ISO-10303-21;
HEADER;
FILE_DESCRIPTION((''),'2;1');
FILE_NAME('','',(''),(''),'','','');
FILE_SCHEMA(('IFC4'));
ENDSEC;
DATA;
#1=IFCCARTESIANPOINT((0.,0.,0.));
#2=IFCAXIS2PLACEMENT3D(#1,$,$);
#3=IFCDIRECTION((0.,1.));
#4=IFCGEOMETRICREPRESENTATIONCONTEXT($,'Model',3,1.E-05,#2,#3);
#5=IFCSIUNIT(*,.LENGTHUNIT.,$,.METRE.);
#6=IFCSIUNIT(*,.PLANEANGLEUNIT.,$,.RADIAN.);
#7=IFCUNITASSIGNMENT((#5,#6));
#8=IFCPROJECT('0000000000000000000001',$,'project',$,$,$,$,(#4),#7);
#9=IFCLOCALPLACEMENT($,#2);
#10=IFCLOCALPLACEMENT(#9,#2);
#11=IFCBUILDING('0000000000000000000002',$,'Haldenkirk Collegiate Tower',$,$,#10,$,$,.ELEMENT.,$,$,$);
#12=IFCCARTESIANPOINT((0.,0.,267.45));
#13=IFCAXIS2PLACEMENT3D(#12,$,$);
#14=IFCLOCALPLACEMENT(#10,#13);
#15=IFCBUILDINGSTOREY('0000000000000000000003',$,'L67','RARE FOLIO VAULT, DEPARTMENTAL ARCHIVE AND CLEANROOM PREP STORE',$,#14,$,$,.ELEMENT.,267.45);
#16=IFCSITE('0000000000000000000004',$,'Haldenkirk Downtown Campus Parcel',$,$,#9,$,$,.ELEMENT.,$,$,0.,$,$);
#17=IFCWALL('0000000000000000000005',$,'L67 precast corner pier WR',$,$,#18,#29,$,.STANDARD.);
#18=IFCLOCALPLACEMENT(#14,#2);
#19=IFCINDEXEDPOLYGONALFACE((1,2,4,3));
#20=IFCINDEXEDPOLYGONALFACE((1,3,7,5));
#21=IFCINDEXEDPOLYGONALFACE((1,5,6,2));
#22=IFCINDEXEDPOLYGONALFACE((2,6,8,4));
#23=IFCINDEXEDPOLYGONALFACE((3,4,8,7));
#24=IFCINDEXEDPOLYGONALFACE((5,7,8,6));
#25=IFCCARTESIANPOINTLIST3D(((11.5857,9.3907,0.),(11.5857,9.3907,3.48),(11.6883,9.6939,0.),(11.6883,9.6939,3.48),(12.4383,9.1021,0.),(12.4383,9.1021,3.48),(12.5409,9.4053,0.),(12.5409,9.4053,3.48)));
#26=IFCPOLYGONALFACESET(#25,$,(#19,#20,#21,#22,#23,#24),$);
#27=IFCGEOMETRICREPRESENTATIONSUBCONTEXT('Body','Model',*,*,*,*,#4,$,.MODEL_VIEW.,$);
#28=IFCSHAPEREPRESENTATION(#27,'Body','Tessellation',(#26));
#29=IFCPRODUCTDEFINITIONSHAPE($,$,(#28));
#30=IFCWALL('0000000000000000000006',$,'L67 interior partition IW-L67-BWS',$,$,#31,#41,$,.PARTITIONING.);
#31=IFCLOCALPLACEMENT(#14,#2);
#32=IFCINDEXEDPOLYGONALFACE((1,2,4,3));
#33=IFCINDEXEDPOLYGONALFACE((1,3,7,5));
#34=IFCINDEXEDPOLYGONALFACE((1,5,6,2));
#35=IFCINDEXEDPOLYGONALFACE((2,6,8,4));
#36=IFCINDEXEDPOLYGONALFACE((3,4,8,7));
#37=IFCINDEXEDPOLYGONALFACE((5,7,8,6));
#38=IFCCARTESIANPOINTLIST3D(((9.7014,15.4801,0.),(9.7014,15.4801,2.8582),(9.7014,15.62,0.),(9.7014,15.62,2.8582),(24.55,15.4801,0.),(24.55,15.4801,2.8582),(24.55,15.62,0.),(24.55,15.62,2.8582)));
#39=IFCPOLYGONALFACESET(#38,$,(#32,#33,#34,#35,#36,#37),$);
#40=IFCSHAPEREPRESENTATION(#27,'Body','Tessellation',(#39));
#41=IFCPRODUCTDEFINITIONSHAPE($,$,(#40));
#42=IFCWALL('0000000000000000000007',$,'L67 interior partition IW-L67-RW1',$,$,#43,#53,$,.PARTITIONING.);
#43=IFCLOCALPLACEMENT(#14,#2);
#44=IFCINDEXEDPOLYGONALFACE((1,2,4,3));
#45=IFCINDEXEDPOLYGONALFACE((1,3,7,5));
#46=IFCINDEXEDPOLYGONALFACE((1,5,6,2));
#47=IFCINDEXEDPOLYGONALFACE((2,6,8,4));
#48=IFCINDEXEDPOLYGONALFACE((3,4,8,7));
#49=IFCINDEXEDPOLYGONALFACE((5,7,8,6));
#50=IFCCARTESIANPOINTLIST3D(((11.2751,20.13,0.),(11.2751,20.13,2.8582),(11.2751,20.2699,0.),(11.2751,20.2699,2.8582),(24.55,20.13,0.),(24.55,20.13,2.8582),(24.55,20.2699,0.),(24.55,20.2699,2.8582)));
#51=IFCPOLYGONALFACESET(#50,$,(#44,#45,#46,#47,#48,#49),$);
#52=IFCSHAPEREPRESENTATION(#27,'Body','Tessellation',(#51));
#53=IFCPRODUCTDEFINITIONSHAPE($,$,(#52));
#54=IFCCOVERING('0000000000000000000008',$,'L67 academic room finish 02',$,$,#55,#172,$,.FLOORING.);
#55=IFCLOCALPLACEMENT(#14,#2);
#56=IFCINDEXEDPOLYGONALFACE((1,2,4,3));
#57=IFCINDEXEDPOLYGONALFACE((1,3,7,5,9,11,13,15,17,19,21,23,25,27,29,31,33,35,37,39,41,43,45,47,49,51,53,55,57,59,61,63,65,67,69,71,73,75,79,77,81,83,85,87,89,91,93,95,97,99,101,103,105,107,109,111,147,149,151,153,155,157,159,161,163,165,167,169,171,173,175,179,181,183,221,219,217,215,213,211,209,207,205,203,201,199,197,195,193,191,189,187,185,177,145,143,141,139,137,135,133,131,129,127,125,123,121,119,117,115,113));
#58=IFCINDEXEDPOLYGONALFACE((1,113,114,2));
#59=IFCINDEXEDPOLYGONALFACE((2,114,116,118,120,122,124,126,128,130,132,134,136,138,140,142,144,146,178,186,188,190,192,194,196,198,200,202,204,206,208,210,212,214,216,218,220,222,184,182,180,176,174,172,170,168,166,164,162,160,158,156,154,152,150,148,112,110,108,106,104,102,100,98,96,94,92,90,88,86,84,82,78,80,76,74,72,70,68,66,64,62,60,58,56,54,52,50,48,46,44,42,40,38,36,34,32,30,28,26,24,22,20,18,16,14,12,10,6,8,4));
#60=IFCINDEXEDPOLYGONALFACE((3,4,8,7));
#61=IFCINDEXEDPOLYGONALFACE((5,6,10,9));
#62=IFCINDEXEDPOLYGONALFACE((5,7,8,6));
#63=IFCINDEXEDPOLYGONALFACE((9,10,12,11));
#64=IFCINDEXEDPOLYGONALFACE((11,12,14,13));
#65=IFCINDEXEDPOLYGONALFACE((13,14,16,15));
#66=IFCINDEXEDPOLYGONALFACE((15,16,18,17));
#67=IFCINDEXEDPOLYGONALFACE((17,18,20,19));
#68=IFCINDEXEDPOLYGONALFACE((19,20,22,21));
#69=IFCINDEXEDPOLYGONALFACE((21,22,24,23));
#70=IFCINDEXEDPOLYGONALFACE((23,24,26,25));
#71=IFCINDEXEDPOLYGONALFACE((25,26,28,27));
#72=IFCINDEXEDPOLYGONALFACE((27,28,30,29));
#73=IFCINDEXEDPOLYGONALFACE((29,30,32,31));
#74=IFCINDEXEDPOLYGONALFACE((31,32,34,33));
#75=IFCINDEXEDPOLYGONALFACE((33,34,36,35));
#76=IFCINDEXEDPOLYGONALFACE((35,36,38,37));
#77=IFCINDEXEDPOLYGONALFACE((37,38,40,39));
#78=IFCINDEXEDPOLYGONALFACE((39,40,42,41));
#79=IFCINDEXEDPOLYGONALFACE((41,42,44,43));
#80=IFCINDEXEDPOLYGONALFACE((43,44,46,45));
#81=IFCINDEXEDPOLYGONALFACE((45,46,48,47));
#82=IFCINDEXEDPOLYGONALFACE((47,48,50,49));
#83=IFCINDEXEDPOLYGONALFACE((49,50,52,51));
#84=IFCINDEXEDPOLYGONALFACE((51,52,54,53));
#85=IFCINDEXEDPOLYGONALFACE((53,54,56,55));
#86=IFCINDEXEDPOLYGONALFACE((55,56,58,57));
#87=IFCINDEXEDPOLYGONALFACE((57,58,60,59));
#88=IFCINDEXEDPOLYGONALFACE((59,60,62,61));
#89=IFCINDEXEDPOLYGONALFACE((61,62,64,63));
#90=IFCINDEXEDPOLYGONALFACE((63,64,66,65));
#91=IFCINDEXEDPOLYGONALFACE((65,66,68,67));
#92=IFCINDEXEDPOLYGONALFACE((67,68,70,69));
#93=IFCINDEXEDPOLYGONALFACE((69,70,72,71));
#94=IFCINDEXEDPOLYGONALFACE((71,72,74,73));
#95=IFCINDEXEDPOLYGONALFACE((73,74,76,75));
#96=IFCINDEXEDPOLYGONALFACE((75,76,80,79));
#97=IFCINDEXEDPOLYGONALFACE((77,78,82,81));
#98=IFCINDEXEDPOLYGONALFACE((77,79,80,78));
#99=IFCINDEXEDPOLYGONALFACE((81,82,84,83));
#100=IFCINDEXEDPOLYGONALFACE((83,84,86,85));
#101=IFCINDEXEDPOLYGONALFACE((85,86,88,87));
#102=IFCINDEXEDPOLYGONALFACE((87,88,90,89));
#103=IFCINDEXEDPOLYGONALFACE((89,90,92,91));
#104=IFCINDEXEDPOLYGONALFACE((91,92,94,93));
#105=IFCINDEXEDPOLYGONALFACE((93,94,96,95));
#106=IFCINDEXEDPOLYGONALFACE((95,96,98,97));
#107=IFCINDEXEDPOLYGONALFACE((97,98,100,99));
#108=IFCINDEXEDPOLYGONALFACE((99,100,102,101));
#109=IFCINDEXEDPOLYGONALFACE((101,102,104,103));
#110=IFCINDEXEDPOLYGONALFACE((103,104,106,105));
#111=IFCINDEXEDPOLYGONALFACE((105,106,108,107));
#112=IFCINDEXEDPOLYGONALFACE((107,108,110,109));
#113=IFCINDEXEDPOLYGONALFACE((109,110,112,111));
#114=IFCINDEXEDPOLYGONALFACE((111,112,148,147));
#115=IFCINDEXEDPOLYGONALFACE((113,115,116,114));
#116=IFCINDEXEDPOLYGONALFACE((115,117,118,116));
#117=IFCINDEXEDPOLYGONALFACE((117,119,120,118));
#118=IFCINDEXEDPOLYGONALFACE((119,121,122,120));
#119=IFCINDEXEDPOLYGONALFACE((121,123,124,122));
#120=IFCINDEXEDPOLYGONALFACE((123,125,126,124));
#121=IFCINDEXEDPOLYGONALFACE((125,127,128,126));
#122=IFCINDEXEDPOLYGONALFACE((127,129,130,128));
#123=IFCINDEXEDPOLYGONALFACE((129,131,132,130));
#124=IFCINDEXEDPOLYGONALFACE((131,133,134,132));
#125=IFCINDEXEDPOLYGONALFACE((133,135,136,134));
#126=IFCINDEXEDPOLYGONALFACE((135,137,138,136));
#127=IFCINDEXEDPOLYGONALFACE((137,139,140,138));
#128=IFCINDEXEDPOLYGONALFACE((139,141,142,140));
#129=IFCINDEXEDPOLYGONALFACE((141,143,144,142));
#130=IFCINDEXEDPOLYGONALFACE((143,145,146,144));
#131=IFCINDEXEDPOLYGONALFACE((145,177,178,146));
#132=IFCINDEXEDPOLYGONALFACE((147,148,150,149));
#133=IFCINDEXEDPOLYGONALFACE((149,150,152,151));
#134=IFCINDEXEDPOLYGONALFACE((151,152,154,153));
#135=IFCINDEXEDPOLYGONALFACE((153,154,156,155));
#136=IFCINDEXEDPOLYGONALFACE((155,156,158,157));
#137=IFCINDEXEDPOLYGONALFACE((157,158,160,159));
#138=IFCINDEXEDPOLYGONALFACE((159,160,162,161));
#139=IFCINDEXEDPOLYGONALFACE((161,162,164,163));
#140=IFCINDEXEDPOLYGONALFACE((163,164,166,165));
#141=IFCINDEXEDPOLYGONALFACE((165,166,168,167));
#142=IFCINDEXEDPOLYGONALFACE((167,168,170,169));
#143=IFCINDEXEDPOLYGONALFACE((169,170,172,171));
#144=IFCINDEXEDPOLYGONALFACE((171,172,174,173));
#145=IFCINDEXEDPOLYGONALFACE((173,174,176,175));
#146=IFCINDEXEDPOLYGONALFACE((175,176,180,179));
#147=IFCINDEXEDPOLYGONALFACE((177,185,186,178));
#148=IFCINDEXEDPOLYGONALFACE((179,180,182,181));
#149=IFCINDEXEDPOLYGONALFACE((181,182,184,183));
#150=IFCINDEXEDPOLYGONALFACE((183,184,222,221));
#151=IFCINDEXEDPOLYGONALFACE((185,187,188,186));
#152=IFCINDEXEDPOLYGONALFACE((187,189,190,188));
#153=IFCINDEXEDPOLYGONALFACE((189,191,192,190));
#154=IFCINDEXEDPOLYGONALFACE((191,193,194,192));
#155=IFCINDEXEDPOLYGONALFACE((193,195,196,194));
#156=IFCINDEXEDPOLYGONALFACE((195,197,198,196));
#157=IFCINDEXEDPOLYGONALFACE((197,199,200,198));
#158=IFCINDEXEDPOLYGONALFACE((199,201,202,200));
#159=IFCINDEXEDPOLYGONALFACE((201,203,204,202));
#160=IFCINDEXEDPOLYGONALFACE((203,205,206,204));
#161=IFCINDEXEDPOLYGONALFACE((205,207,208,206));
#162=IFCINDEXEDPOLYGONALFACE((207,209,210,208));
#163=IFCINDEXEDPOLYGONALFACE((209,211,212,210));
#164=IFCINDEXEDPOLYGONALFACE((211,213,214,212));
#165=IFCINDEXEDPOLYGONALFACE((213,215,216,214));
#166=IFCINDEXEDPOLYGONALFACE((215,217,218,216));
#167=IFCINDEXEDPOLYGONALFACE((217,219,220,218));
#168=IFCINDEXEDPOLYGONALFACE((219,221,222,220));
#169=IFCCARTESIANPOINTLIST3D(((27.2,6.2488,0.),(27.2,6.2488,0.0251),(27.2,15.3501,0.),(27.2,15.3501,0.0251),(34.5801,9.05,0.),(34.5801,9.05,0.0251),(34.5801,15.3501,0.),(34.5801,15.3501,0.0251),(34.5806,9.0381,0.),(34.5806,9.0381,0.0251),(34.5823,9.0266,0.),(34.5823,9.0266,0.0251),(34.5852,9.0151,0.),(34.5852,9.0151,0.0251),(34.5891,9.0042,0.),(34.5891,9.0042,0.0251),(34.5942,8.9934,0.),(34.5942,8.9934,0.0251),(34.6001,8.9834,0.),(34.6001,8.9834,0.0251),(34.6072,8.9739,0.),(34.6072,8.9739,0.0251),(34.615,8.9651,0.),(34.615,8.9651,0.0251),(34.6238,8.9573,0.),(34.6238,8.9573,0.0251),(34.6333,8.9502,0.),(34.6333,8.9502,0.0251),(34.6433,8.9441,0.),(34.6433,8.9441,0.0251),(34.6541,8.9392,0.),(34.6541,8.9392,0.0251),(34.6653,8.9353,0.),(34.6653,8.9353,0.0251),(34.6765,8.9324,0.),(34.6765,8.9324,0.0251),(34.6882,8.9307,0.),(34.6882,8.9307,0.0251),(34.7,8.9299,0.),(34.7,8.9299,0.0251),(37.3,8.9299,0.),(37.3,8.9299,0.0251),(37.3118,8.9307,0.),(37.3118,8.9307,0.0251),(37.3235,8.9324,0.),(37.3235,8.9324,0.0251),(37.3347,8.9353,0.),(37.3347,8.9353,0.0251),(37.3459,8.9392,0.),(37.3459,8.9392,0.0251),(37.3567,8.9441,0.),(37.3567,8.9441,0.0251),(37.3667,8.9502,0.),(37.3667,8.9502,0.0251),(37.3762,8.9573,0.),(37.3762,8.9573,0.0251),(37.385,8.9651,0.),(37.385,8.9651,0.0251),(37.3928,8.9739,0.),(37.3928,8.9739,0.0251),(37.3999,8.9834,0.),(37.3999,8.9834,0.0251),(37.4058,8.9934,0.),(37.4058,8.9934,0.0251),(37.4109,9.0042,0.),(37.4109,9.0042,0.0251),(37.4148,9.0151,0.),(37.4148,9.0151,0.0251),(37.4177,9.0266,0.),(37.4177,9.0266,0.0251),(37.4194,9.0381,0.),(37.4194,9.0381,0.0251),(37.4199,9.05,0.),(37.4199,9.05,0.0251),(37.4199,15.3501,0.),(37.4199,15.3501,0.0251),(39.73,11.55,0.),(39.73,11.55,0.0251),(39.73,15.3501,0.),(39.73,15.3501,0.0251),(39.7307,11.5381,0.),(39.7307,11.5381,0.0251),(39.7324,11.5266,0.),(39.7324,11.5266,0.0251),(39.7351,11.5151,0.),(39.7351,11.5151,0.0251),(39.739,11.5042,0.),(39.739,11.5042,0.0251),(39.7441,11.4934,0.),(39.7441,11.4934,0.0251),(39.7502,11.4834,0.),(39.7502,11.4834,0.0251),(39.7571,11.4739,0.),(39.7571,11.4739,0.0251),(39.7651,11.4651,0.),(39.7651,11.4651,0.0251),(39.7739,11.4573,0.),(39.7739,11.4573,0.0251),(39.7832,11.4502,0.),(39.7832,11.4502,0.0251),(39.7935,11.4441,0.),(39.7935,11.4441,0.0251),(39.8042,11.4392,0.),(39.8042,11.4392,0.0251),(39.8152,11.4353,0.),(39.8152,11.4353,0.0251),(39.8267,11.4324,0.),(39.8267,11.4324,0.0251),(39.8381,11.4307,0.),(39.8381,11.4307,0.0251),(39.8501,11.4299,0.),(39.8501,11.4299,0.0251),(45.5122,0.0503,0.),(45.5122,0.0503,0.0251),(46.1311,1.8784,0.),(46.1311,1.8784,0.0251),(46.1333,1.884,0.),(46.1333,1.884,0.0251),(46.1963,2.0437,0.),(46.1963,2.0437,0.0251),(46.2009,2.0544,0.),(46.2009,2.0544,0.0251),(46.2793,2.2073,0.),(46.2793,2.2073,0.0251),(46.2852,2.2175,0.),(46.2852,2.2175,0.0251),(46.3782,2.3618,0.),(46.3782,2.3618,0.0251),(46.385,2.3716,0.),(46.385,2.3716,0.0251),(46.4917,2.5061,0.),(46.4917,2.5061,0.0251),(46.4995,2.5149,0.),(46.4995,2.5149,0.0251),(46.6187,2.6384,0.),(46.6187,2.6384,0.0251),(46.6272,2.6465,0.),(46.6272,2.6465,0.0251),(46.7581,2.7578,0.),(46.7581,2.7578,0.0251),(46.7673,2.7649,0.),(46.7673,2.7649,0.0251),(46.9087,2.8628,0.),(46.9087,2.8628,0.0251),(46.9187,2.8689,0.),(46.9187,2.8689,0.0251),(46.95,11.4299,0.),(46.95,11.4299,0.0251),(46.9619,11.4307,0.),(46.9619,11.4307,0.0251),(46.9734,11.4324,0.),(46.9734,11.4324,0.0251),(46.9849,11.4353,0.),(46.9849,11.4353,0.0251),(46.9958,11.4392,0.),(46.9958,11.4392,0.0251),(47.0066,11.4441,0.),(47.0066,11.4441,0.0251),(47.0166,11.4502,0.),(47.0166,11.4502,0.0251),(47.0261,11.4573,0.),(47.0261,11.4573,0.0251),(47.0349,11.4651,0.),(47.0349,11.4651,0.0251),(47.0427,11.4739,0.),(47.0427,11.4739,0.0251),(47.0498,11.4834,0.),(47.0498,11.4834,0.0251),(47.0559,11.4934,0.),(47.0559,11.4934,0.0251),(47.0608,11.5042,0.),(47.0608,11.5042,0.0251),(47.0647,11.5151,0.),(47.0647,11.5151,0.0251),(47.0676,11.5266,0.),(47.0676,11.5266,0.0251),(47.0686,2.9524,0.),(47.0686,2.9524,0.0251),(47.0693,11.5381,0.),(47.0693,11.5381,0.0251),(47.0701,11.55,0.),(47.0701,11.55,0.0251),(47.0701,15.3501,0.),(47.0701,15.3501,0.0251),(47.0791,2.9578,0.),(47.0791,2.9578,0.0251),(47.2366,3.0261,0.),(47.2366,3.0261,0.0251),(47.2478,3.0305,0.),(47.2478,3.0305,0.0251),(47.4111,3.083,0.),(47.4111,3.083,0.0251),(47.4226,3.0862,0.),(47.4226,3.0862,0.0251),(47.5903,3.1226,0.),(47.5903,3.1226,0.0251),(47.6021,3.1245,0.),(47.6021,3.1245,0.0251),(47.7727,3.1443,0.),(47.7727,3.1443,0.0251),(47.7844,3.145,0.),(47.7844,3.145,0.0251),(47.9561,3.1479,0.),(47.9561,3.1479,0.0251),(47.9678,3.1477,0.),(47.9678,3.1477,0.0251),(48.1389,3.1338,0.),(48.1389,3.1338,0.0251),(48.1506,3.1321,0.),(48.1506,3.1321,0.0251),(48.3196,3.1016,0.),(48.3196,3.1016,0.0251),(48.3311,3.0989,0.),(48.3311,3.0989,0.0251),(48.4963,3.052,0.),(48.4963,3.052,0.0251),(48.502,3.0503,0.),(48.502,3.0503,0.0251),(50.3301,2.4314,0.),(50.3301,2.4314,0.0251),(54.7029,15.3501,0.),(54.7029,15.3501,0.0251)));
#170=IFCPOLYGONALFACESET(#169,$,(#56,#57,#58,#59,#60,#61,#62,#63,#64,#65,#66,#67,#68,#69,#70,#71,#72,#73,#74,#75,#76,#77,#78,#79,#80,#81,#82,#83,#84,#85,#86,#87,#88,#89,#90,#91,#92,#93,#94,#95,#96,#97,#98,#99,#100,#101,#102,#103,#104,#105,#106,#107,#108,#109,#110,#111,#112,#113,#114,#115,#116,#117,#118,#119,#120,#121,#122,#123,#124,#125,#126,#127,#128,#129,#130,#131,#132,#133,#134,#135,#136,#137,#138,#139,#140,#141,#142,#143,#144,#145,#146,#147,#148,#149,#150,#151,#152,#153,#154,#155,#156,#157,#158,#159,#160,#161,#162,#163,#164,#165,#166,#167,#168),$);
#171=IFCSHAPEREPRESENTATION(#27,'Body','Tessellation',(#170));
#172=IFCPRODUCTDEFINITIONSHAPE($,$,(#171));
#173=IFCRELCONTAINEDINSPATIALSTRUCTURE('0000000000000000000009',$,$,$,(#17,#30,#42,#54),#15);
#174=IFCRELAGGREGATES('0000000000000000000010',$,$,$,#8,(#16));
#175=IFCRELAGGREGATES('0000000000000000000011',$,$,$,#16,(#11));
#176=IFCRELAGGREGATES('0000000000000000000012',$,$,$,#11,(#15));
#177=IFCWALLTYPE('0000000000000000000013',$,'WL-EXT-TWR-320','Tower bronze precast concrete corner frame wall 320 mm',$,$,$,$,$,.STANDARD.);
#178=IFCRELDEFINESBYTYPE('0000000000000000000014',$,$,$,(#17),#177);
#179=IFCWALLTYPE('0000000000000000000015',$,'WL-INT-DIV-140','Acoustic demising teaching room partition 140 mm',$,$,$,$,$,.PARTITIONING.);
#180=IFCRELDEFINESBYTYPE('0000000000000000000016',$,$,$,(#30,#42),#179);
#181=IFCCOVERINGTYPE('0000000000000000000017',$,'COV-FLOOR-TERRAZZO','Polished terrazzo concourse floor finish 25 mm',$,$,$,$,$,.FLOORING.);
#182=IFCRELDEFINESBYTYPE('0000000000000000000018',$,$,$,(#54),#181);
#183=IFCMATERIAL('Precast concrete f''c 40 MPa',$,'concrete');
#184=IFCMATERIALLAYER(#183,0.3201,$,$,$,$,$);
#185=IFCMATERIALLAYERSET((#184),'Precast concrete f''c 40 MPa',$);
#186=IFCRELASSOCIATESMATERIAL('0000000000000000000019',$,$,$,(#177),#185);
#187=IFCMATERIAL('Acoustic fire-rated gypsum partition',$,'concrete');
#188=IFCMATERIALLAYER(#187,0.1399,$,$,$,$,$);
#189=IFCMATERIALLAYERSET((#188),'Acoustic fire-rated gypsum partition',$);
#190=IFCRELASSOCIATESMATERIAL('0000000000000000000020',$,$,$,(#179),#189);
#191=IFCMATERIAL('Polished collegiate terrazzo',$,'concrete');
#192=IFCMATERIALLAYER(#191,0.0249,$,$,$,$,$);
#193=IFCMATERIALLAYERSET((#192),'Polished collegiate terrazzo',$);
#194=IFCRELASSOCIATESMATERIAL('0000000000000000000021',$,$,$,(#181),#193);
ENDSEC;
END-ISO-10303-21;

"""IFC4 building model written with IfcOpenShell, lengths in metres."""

from ifc_helpers import new_model, si_unit, direction, frame, frame_2d, origin, place, context, subcontext, project, spatial, polyline, rectangle, outline, extrude, material, layer, layer_set, type_object, element, save


model = new_model("IFC4")

# Units and contexts
model_context = context("Model", 3, precision=1e-05, world=origin(), true_north=direction((0.0, 1.0)))
body_context = subcontext(model_context, "Body", "Model", "MODEL_VIEW")
ifc_project = project(units=[si_unit("LENGTHUNIT", "METRE"), si_unit("PLANEANGLEUNIT", "RADIAN")], contexts=[model_context])

# Site, building, storey
site_placement = place(None, origin())
site = spatial("IfcSite", under=ifc_project, at=site_placement, Name="Haldenkirk Downtown Campus Parcel", CompositionType="ELEMENT", RefElevation=0.0)
building_placement = place(site_placement, origin())
building = spatial("IfcBuilding", under=site, at=building_placement, Name="Haldenkirk Collegiate Tower", CompositionType="ELEMENT")
storey_placement = place(building_placement, frame((0.0, 0.0, 267.45)))
storey = spatial("IfcBuildingStorey", under=building, at=storey_placement, Name="L67", Description="RARE FOLIO VAULT, DEPARTMENTAL ARCHIVE AND CLEANROOM PREP STORE", CompositionType="ELEMENT", Elevation=267.45)

# Shared definitions
ifc_material_1 = material(Name="Precast concrete f'c 40 MPa", Category="concrete")
ifc_layer_1 = layer(ifc_material_1, 0.3201)
ifc_layer_set_1 = layer_set([ifc_layer_1], Name="Precast concrete f'c 40 MPa")
wall_type_1 = type_object("IfcWallType", Name="WL-EXT-TWR-320", Description="Tower bronze precast concrete corner frame wall 320 mm", PredefinedType="STANDARD", material=ifc_layer_set_1)

# Walls
wall_1_placement = place(storey_placement, frame((12.4897, 9.2537, 0.0), z_axis=(0.0, 0.0, 1.0), x_axis=(-0.947208, 0.320619, 0.0)))
element("IfcWall", 1, at=wall_1_placement, inside=storey, type_object=wall_type_1, Name="L67 precast corner pier WR", PredefinedType="STANDARD", context=body_context, shape_type="SweptSolid", body=[
    extrude(rectangle(XDim=0.9001, YDim=0.3201, at=frame_2d((0.4502, 0.0))), origin(), (0.0, 0.0, 1.0), 3.48),
])
ifc_material_2 = material(Name="Acoustic fire-rated gypsum partition", Category="concrete")
ifc_layer_2 = layer(ifc_material_2, 0.1399)
ifc_layer_set_2 = layer_set([ifc_layer_2], Name="Acoustic fire-rated gypsum partition")
wall_type_2 = type_object("IfcWallType", Name="WL-INT-DIV-140", Description="Acoustic demising teaching room partition 140 mm", PredefinedType="PARTITIONING", material=ifc_layer_set_2)
wall_2_placement = place(storey_placement, frame((9.7014, 15.55, 0.0), z_axis=(0.0, 0.0, 1.0), x_axis=(1.0, 0.0, 0.0)))
element("IfcWall", 2, at=wall_2_placement, inside=storey, type_object=wall_type_2, Name="L67 interior partition IW-L67-BWS", PredefinedType="PARTITIONING", context=body_context, shape_type="SweptSolid", body=[
    extrude(rectangle(XDim=14.8486, YDim=0.1399, at=frame_2d((7.4243, 0.0))), origin(), (0.0, 0.0, 1.0), 2.8582),
])
wall_3_placement = place(storey_placement, frame((11.2751, 20.2, 0.0), z_axis=(0.0, 0.0, 1.0), x_axis=(1.0, 0.0, 0.0)))
element("IfcWall", 3, at=wall_3_placement, inside=storey, type_object=wall_type_2, Name="L67 interior partition IW-L67-RW1", PredefinedType="PARTITIONING", context=body_context, shape_type="SweptSolid", body=[
    extrude(rectangle(XDim=13.2749, YDim=0.1399, at=frame_2d((6.6375, 0.0))), origin(), (0.0, 0.0, 1.0), 2.8582),
])

# Covering
ifc_material_3 = material(Name="Polished collegiate terrazzo", Category="concrete")
ifc_layer_3 = layer(ifc_material_3, 0.0249)
ifc_layer_set_3 = layer_set([ifc_layer_3], Name="Polished collegiate terrazzo")
covering_type_1 = type_object("IfcCoveringType", Name="COV-FLOOR-TERRAZZO", Description="Polished terrazzo concourse floor finish 25 mm", PredefinedType="FLOORING", material=ifc_layer_set_3)
covering_1_placement = place(storey_placement, origin())
element("IfcCovering", 4, at=covering_1_placement, inside=storey, type_object=covering_type_1, Name="L67 academic room finish 02", PredefinedType="FLOORING", context=body_context, shape_type="SweptSolid", body=[
    extrude(outline(polyline([(47.7844, 3.145), (47.7727, 3.1443), (47.6021, 3.1245), (47.5903, 3.1226), (47.4226, 3.0862), (47.4111, 3.083), (47.2478, 3.0305), (47.2366, 3.0261), (47.0791, 2.9578), (47.0686, 2.9524), (46.9187, 2.8689), (46.9087, 2.8628), (46.7673, 2.7649), (46.7581, 2.7578), (46.6272, 2.6465), (46.6187, 2.6384), (46.4995, 2.5149), (46.4917, 2.5061), (46.385, 2.3716), (46.3782, 2.3618), (46.2852, 2.2175), (46.2793, 2.2073), (46.2009, 2.0544), (46.1963, 2.0437), (46.1333, 1.884), (46.1311, 1.8784), (45.5122, 0.0503), (27.2, 6.2488), (27.2, 15.3501), (34.5801, 15.3501), (34.5801, 9.05), (34.5806, 9.0381), (34.5823, 9.0266), (34.5852, 9.0151), (34.5891, 9.0042), (34.5942, 8.9934), (34.6001, 8.9834), (34.6072, 8.9739), (34.615, 8.9651), (34.6238, 8.9573), (34.6333, 8.9502), (34.6433, 8.9441), (34.6541, 8.9392), (34.6653, 8.9353), (34.6765, 8.9324), (34.6882, 8.9307), (34.7, 8.9299), (37.3, 8.9299), (37.3118, 8.9307), (37.3235, 8.9324), (37.3347, 8.9353), (37.3459, 8.9392), (37.3567, 8.9441), (37.3667, 8.9502), (37.3762, 8.9573), (37.385, 8.9651), (37.3928, 8.9739), (37.3999, 8.9834), (37.4058, 8.9934), (37.4109, 9.0042), (37.4148, 9.0151), (37.4177, 9.0266), (37.4194, 9.0381), (37.4199, 9.05), (37.4199, 15.3501), (39.73, 15.3501), (39.73, 11.55), (39.7307, 11.5381), (39.7324, 11.5266), (39.7351, 11.5151), (39.739, 11.5042), (39.7441, 11.4934), (39.7502, 11.4834), (39.7571, 11.4739), (39.7651, 11.4651), (39.7739, 11.4573), (39.7832, 11.4502), (39.7935, 11.4441), (39.8042, 11.4392), (39.8152, 11.4353), (39.8267, 11.4324), (39.8381, 11.4307), (39.8501, 11.4299), (46.95, 11.4299), (46.9619, 11.4307), (46.9734, 11.4324), (46.9849, 11.4353), (46.9958, 11.4392), (47.0066, 11.4441), (47.0166, 11.4502), (47.0261, 11.4573), (47.0349, 11.4651), (47.0427, 11.4739), (47.0498, 11.4834), (47.0559, 11.4934), (47.0608, 11.5042), (47.0647, 11.5151), (47.0676, 11.5266), (47.0693, 11.5381), (47.0701, 11.55), (47.0701, 15.3501), (54.7029, 15.3501), (50.3301, 2.4314), (48.502, 3.0503), (48.4963, 3.052), (48.3311, 3.0989), (48.3196, 3.1016), (48.1506, 3.1321), (48.1389, 3.1338), (47.9678, 3.1477), (47.9561, 3.1479), (47.7844, 3.145)])), origin(), (0.0, 0.0, 1.0), 0.0251),
])

save(model, "model.ifc")
